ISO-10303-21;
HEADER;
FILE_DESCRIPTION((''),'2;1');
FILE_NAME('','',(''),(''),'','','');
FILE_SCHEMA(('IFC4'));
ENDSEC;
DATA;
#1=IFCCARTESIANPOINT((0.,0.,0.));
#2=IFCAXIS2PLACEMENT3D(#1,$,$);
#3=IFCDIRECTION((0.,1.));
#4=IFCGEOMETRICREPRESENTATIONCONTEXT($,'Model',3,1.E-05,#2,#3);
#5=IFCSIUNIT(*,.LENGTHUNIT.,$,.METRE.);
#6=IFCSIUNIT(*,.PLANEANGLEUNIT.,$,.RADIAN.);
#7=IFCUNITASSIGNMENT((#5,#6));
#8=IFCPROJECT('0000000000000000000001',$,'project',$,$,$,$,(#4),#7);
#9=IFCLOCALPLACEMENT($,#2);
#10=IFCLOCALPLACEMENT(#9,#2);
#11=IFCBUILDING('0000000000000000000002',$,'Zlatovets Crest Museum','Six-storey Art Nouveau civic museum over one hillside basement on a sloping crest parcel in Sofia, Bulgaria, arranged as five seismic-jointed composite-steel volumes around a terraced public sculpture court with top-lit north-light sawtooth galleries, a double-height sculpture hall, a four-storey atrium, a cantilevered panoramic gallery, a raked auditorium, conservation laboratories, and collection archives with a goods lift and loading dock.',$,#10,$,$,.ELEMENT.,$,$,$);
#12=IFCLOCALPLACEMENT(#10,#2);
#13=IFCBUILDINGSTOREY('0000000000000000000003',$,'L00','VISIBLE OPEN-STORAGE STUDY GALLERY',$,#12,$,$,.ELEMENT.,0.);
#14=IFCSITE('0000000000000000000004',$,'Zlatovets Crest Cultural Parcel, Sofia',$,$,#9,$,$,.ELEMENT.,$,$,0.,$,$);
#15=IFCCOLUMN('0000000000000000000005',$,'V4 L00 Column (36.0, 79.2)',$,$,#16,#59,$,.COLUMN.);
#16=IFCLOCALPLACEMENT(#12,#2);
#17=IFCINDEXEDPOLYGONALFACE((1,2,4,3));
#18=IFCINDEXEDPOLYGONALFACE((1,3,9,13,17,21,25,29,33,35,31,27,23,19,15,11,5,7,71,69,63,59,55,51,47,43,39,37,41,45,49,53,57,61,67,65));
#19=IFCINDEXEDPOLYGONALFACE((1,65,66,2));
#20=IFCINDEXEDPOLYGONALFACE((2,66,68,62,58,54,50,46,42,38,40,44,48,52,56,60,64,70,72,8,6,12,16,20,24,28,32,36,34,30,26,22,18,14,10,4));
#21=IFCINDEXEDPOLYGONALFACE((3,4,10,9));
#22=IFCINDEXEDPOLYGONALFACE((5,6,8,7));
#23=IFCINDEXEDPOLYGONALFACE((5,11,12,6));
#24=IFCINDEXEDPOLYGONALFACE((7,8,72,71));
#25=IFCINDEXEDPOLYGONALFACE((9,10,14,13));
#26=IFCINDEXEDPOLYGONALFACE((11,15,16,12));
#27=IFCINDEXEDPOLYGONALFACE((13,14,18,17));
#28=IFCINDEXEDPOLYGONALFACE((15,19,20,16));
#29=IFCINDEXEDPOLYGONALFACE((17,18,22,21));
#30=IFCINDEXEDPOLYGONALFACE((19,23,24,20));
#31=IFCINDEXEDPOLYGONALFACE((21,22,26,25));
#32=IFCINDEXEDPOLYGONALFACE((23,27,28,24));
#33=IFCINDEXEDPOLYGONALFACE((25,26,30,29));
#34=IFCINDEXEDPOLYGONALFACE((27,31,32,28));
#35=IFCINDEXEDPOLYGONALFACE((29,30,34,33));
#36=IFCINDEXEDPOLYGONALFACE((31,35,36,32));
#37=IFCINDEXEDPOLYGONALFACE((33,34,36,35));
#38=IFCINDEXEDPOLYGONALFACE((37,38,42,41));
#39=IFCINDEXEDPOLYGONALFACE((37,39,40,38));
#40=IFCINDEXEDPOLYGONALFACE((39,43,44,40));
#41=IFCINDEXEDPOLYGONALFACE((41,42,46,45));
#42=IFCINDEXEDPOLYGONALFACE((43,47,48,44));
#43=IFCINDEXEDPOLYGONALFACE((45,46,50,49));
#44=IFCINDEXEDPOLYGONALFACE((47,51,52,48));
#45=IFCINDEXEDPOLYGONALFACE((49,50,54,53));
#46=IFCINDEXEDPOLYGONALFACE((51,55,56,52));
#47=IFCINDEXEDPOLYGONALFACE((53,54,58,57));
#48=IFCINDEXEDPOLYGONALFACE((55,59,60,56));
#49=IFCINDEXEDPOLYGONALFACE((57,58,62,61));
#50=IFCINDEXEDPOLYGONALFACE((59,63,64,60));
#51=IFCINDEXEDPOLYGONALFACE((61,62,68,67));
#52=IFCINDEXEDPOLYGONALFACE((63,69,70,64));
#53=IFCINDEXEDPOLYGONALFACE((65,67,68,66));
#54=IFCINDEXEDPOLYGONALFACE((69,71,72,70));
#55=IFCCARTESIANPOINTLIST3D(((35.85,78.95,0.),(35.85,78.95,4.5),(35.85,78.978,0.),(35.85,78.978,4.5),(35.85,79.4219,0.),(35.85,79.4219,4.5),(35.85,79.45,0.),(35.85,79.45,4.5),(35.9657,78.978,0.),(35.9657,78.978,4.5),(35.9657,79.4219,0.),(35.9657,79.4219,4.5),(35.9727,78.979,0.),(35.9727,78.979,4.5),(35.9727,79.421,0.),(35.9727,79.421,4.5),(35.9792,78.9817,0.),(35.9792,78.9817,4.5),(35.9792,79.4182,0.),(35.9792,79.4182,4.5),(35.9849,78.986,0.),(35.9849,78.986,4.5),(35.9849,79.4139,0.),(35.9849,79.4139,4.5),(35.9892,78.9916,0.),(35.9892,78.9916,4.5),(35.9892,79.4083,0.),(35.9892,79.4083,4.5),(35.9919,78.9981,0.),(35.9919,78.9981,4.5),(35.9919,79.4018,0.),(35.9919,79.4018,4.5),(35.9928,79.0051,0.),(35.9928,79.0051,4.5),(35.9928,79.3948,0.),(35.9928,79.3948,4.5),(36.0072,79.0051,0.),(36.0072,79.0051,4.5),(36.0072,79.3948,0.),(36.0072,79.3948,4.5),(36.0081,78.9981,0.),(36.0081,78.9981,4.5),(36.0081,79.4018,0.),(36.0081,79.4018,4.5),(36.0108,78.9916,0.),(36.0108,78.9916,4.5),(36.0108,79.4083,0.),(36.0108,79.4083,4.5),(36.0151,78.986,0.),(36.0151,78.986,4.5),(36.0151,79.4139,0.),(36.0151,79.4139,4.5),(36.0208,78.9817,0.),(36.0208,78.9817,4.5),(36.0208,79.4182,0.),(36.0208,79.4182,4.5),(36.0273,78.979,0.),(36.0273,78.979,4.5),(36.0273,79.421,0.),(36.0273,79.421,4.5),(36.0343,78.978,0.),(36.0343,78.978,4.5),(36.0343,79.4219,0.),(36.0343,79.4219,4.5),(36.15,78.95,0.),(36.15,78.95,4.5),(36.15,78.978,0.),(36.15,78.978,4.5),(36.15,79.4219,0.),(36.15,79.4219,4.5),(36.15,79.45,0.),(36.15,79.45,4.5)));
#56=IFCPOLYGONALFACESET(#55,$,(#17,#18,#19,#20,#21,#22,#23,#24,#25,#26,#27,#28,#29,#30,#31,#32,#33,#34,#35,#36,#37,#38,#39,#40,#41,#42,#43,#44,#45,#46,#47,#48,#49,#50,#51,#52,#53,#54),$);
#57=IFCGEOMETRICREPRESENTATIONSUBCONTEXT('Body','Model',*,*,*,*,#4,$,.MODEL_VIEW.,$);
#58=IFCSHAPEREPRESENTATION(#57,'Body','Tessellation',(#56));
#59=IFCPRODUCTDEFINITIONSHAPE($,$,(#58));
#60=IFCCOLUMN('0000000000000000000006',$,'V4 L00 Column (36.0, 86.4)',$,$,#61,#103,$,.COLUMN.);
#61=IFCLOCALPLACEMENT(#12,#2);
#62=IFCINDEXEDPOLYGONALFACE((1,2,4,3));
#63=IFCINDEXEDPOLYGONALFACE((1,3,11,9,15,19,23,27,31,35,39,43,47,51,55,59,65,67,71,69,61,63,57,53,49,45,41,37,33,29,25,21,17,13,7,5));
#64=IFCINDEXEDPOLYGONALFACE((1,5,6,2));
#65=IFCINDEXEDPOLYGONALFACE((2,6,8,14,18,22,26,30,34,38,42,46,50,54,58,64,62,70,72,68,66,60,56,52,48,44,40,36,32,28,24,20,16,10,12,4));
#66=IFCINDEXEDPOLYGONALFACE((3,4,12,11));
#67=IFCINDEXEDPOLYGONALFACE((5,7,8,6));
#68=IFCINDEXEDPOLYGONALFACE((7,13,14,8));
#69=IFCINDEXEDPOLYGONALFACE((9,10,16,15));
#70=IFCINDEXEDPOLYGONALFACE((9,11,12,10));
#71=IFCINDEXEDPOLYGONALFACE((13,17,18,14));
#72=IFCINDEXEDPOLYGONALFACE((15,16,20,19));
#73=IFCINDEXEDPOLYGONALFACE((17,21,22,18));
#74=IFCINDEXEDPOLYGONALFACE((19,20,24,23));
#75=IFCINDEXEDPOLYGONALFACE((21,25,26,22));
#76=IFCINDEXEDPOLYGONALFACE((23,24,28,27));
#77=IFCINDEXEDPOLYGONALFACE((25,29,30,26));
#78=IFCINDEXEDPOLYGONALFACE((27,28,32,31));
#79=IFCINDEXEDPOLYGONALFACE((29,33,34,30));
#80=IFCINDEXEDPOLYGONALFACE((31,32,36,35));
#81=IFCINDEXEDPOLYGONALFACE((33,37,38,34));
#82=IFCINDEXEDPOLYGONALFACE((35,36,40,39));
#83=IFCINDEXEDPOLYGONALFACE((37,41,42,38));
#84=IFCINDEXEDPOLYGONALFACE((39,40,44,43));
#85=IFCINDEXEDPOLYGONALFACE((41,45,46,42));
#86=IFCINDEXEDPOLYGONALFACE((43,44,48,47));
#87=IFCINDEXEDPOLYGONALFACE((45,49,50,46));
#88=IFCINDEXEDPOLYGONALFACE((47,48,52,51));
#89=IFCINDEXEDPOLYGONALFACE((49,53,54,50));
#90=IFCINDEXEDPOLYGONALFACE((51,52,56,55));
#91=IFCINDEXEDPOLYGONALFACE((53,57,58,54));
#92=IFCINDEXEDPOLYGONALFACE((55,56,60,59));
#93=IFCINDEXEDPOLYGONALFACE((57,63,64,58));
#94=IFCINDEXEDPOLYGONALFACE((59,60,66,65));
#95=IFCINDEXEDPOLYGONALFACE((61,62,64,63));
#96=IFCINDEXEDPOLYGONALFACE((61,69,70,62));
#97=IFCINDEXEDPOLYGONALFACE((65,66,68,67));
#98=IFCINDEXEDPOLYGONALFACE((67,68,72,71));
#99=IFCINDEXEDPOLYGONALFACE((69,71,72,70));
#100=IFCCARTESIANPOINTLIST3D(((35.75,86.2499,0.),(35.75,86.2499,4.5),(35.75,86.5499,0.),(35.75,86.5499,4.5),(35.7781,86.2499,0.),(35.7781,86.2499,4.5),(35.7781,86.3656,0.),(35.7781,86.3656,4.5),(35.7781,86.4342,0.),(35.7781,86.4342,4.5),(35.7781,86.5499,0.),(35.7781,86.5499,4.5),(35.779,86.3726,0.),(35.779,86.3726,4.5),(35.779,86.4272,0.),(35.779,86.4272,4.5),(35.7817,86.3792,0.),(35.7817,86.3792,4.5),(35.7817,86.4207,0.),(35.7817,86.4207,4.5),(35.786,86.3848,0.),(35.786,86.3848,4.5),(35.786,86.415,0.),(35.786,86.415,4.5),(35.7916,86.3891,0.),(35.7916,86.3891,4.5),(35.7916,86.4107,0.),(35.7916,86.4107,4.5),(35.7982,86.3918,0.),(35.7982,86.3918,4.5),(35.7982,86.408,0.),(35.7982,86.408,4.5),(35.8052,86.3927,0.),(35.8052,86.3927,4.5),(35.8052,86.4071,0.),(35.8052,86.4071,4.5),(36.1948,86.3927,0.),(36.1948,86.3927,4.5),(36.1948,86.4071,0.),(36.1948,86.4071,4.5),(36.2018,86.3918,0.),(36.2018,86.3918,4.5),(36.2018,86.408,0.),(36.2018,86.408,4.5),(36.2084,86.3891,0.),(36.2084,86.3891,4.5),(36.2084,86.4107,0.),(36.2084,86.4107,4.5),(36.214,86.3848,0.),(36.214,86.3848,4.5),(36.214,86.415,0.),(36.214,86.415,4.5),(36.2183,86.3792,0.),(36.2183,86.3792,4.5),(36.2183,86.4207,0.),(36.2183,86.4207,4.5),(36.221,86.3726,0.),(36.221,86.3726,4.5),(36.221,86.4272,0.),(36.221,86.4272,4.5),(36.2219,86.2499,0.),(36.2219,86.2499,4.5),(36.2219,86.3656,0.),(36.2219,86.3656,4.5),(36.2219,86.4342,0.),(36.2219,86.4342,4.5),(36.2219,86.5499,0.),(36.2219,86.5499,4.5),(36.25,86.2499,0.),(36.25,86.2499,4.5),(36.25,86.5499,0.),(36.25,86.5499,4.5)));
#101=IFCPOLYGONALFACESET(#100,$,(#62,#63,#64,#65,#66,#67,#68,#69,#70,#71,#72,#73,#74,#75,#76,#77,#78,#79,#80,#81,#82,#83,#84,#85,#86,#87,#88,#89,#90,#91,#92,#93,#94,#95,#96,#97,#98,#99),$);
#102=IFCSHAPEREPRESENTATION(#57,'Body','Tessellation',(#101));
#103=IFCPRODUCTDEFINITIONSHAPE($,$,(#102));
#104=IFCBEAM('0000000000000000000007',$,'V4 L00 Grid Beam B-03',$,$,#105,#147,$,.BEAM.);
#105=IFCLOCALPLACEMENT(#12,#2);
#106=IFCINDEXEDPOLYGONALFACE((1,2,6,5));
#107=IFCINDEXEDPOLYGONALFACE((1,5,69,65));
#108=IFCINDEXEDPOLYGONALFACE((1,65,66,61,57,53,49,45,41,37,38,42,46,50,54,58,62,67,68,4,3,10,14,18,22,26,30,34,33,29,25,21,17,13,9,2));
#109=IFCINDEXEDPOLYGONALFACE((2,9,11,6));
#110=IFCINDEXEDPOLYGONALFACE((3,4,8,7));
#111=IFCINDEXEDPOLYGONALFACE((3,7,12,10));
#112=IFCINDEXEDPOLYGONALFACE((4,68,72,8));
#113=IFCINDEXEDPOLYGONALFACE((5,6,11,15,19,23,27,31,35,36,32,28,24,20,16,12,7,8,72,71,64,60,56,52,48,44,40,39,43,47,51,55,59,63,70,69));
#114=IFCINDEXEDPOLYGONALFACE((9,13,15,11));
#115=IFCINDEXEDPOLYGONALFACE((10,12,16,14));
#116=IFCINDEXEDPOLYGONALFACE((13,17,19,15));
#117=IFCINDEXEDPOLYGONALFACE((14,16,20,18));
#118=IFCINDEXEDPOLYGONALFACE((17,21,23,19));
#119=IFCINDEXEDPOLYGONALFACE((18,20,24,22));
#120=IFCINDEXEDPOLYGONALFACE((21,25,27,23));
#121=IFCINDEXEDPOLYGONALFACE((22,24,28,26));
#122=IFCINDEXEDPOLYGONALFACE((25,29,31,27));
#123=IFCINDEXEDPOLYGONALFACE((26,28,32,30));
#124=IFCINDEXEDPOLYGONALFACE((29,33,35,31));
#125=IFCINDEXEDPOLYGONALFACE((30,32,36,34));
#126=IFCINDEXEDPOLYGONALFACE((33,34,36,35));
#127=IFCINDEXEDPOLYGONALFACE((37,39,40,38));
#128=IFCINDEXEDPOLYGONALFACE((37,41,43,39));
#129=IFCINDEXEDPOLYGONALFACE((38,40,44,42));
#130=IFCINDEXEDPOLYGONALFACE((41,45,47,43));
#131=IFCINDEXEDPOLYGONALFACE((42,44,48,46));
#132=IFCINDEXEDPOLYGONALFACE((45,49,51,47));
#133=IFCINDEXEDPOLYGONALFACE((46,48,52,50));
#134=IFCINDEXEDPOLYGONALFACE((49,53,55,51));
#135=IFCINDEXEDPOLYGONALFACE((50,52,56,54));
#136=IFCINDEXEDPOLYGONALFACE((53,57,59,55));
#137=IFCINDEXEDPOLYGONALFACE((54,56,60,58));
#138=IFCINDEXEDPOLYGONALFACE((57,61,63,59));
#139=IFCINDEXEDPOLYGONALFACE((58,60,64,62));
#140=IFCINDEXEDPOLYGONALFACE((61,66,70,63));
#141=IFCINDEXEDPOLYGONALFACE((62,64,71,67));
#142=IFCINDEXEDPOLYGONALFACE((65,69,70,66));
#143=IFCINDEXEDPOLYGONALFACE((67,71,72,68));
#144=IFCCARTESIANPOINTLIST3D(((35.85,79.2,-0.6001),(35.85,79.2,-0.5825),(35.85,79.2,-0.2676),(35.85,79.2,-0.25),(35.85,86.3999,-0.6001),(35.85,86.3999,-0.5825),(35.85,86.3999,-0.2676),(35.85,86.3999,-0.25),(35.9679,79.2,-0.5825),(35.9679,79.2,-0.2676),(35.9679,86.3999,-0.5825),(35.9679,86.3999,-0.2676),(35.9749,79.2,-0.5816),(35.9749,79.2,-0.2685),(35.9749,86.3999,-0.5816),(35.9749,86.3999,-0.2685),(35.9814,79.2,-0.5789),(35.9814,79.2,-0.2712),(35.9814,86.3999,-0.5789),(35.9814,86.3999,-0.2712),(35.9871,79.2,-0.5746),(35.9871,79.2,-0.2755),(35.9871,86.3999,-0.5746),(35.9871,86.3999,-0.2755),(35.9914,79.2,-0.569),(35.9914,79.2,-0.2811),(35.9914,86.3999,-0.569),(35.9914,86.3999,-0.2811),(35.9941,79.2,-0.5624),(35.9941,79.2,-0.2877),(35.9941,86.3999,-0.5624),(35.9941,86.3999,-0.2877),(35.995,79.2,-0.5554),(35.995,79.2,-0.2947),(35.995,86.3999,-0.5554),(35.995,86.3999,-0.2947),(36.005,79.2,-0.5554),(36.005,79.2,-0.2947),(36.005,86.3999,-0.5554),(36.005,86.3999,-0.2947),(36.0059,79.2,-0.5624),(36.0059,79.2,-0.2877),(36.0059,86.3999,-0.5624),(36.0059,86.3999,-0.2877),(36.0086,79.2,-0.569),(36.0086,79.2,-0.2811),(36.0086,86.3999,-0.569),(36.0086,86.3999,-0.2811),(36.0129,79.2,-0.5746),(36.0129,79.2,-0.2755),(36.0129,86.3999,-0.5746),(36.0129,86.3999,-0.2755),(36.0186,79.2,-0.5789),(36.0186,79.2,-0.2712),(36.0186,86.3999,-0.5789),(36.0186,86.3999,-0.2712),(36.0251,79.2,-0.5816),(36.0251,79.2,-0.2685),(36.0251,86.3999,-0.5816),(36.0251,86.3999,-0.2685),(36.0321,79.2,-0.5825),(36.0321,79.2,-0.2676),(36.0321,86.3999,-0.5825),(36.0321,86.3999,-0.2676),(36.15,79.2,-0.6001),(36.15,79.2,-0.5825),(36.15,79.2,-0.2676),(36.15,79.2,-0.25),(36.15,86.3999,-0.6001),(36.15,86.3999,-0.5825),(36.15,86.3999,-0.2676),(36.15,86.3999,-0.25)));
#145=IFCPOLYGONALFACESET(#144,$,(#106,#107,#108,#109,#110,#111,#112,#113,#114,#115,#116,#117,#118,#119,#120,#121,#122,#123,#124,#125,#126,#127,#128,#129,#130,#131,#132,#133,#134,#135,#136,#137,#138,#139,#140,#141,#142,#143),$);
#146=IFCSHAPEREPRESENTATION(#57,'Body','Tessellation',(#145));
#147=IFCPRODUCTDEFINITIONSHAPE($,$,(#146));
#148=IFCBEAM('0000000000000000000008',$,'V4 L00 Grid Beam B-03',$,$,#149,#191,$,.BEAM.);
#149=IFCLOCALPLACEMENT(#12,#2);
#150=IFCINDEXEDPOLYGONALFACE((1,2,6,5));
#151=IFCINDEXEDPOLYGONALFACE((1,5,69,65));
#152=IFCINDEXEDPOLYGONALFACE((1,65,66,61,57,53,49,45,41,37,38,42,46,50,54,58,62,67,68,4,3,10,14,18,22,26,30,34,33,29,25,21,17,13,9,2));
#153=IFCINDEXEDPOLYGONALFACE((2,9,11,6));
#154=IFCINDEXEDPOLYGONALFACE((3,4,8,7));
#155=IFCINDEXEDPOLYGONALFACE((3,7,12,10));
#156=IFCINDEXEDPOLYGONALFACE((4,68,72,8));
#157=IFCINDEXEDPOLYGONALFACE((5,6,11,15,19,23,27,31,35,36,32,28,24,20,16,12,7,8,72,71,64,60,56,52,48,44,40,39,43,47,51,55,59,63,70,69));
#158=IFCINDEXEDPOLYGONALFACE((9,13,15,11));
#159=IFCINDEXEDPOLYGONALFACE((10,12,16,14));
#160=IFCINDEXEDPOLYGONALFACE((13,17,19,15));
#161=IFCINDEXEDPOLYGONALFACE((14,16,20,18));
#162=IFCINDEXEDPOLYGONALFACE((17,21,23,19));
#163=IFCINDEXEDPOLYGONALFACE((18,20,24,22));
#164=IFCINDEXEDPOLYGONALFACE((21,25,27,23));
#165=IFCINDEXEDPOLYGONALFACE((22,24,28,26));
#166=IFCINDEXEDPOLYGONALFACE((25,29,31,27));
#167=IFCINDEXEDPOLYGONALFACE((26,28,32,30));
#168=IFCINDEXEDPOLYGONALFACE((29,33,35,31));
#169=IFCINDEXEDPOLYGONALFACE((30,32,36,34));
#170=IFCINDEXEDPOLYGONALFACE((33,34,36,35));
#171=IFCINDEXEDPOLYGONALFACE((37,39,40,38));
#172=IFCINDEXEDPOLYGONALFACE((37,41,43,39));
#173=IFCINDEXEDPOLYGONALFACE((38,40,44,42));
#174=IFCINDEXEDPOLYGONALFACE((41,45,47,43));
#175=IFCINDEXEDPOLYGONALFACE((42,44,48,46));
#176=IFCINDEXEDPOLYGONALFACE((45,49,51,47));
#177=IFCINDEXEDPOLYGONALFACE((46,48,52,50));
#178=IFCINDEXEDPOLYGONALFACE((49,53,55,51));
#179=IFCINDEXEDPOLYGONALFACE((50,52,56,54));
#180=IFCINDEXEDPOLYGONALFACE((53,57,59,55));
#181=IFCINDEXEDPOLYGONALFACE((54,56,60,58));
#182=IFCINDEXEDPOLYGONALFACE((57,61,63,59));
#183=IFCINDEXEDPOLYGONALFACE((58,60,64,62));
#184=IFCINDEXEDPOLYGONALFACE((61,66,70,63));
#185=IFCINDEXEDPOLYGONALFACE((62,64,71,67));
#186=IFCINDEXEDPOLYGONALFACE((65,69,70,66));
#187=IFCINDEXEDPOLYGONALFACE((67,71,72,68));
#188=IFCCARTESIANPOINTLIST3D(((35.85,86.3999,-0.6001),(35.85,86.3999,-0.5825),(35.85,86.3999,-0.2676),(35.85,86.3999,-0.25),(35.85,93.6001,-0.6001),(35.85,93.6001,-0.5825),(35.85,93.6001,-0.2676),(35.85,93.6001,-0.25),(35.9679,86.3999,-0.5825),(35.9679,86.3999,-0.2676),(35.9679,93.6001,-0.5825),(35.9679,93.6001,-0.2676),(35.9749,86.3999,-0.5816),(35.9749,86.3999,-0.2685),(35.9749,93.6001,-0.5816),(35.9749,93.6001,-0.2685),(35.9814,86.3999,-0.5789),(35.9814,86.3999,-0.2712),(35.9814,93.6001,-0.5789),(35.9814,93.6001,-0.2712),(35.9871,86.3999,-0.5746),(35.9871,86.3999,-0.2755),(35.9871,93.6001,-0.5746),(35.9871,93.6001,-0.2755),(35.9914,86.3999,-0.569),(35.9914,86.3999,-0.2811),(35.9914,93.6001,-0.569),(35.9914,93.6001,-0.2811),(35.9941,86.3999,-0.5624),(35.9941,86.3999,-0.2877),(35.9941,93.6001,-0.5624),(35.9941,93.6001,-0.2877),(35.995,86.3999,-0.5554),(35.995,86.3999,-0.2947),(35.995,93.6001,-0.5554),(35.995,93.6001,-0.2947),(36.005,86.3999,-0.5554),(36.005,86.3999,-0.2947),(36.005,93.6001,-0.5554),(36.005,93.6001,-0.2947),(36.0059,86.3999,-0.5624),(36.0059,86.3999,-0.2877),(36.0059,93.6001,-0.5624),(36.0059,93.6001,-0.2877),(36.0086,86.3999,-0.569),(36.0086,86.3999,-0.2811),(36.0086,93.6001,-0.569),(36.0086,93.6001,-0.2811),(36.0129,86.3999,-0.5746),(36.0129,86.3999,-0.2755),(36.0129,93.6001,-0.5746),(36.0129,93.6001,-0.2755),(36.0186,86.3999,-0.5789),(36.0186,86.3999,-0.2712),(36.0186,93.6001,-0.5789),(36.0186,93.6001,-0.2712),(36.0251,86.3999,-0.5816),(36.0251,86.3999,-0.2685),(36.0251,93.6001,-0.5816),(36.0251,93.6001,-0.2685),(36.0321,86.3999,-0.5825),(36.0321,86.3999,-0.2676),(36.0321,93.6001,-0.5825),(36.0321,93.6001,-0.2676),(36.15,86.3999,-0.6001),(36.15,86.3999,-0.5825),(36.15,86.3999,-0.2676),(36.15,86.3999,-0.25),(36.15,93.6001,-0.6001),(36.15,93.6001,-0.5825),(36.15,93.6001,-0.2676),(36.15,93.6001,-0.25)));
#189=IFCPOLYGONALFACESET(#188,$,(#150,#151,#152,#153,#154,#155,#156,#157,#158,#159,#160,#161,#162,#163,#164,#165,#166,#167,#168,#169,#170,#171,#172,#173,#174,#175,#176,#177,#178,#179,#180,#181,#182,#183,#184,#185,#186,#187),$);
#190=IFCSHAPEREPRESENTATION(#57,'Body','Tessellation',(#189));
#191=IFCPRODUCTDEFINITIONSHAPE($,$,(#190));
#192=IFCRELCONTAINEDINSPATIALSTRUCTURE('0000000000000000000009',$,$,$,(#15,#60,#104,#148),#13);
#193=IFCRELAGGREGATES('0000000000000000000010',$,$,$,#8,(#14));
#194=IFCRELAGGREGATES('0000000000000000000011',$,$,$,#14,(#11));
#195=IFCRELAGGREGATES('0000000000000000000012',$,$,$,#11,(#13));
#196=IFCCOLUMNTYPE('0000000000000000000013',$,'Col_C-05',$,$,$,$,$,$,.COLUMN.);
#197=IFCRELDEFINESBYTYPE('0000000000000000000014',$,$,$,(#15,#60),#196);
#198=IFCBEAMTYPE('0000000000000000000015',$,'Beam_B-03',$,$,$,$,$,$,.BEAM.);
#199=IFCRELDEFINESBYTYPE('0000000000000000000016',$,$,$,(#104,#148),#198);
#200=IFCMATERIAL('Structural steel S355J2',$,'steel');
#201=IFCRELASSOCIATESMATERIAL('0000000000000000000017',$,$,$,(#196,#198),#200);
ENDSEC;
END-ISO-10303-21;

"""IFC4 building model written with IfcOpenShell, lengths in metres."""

from ifc_helpers import new_model, si_unit, direction, frame, origin, origin_2d, place, context, subcontext, project, spatial, i_section, extrude, material, material_profile, profile_set, type_object, element, save


model = new_model("IFC4")

# Units and contexts
model_context = context("Model", 3, precision=1e-05, world=origin(), true_north=direction((0.0, 1.0)))
body_context = subcontext(model_context, "Body", "Model", "MODEL_VIEW")
ifc_project = project(units=[si_unit("LENGTHUNIT", "METRE"), si_unit("PLANEANGLEUNIT", "RADIAN")], contexts=[model_context])

# Site, building, storey
site_placement = place(None, origin())
site = spatial("IfcSite", under=ifc_project, at=site_placement, Name="Zlatovets Crest Cultural Parcel, Sofia", CompositionType="ELEMENT", RefElevation=0.0)
building_placement = place(site_placement, origin())
building = spatial("IfcBuilding", under=site, at=building_placement, Name="Zlatovets Crest Museum", Description="Six-storey Art Nouveau civic museum over one hillside basement on a sloping crest parcel in Sofia, Bulgaria, arranged as five seismic-jointed composite-steel volumes around a terraced public sculpture court with top-lit north-light sawtooth galleries, a double-height sculpture hall, a four-storey atrium, a cantilevered panoramic gallery, a raked auditorium, conservation laboratories, and collection archives with a goods lift and loading dock.", CompositionType="ELEMENT")
storey_placement = place(building_placement, origin())
storey = spatial("IfcBuildingStorey", under=building, at=storey_placement, Name="L00", Description="VISIBLE OPEN-STORAGE STUDY GALLERY", CompositionType="ELEMENT", Elevation=0.0)

# Columns
ifc_material_1 = material(Name="Structural steel S355J2", Category="steel")
ifc_material_profile_1 = material_profile(ifc_material_1, i_section(OverallWidth=0.3, OverallDepth=0.5, WebThickness=0.0144, FlangeThickness=0.0281, FilletRadius=0.0271, at=origin_2d()), Name="HEB 500")
ifc_profile_set_1 = profile_set([ifc_material_profile_1], Name="Structural steel S355J2")
column_type = type_object("IfcColumnType", Name="Col_C-05", PredefinedType="COLUMN", material=ifc_profile_set_1)
for number, where, z_axis, x_axis, name in (
    (1, (36.0, 79.2, 0.0), (0.0, 0.0, 1.0), (1.0, 0.0, 0.0), "V4 L00 Column (36.0, 79.2)"),
    (2, (36.0, 86.3999, 0.0), (0.0, 0.0, 1.0), (0.0, 1.0, 0.0), "V4 L00 Column (36.0, 86.4)"),
):
    element("IfcColumn", number, at=place(storey_placement, frame(where, z_axis=z_axis, x_axis=x_axis)), inside=storey, type_object=column_type, Name=name, PredefinedType="COLUMN", context=body_context, shape_type="SweptSolid", body=[
        extrude(i_section(OverallWidth=0.3, OverallDepth=0.5, WebThickness=0.0144, FlangeThickness=0.0281, FilletRadius=0.0271, at=origin_2d()), origin(), (0.0, 0.0, 1.0), 4.5),
    ])

# Beams
ifc_material_profile_2 = material_profile(ifc_material_1, i_section(OverallWidth=0.3, OverallDepth=0.3501, WebThickness=0.01, FlangeThickness=0.0176, FilletRadius=0.0271, at=origin_2d()), Name="HEA 360")
ifc_profile_set_2 = profile_set([ifc_material_profile_2], Name="Structural steel S355J2")
beam_type_1 = type_object("IfcBeamType", Name="Beam_B-03", PredefinedType="BEAM", material=ifc_profile_set_2)
beam_1_placement = place(storey_placement, frame((36.0, 79.2, -0.425), z_axis=(0.0, 1.0, 0.0), x_axis=(-1.0, 0.0, 0.0)))
element("IfcBeam", 3, at=beam_1_placement, inside=storey, type_object=beam_type_1, Name="V4 L00 Grid Beam B-03", PredefinedType="BEAM", context=body_context, shape_type="SweptSolid", body=[
    extrude(i_section(OverallWidth=0.3, OverallDepth=0.3501, WebThickness=0.01, FlangeThickness=0.0176, FilletRadius=0.0271, at=origin_2d()), origin(), (0.0, 0.0, 1.0), 7.2),
])
beam_2_placement = place(storey_placement, frame((36.0, 86.3999, -0.425), z_axis=(0.0, 1.0, 0.0), x_axis=(-1.0, 0.0, 0.0)))
element("IfcBeam", 4, at=beam_2_placement, inside=storey, type_object=beam_type_1, Name="V4 L00 Grid Beam B-03", PredefinedType="BEAM", context=body_context, shape_type="SweptSolid", body=[
    extrude(i_section(OverallWidth=0.3, OverallDepth=0.3501, WebThickness=0.01, FlangeThickness=0.0176, FilletRadius=0.0271, at=origin_2d()), origin(), (0.0, 0.0, 1.0), 7.2002),
])

save(model, "model.ifc")
